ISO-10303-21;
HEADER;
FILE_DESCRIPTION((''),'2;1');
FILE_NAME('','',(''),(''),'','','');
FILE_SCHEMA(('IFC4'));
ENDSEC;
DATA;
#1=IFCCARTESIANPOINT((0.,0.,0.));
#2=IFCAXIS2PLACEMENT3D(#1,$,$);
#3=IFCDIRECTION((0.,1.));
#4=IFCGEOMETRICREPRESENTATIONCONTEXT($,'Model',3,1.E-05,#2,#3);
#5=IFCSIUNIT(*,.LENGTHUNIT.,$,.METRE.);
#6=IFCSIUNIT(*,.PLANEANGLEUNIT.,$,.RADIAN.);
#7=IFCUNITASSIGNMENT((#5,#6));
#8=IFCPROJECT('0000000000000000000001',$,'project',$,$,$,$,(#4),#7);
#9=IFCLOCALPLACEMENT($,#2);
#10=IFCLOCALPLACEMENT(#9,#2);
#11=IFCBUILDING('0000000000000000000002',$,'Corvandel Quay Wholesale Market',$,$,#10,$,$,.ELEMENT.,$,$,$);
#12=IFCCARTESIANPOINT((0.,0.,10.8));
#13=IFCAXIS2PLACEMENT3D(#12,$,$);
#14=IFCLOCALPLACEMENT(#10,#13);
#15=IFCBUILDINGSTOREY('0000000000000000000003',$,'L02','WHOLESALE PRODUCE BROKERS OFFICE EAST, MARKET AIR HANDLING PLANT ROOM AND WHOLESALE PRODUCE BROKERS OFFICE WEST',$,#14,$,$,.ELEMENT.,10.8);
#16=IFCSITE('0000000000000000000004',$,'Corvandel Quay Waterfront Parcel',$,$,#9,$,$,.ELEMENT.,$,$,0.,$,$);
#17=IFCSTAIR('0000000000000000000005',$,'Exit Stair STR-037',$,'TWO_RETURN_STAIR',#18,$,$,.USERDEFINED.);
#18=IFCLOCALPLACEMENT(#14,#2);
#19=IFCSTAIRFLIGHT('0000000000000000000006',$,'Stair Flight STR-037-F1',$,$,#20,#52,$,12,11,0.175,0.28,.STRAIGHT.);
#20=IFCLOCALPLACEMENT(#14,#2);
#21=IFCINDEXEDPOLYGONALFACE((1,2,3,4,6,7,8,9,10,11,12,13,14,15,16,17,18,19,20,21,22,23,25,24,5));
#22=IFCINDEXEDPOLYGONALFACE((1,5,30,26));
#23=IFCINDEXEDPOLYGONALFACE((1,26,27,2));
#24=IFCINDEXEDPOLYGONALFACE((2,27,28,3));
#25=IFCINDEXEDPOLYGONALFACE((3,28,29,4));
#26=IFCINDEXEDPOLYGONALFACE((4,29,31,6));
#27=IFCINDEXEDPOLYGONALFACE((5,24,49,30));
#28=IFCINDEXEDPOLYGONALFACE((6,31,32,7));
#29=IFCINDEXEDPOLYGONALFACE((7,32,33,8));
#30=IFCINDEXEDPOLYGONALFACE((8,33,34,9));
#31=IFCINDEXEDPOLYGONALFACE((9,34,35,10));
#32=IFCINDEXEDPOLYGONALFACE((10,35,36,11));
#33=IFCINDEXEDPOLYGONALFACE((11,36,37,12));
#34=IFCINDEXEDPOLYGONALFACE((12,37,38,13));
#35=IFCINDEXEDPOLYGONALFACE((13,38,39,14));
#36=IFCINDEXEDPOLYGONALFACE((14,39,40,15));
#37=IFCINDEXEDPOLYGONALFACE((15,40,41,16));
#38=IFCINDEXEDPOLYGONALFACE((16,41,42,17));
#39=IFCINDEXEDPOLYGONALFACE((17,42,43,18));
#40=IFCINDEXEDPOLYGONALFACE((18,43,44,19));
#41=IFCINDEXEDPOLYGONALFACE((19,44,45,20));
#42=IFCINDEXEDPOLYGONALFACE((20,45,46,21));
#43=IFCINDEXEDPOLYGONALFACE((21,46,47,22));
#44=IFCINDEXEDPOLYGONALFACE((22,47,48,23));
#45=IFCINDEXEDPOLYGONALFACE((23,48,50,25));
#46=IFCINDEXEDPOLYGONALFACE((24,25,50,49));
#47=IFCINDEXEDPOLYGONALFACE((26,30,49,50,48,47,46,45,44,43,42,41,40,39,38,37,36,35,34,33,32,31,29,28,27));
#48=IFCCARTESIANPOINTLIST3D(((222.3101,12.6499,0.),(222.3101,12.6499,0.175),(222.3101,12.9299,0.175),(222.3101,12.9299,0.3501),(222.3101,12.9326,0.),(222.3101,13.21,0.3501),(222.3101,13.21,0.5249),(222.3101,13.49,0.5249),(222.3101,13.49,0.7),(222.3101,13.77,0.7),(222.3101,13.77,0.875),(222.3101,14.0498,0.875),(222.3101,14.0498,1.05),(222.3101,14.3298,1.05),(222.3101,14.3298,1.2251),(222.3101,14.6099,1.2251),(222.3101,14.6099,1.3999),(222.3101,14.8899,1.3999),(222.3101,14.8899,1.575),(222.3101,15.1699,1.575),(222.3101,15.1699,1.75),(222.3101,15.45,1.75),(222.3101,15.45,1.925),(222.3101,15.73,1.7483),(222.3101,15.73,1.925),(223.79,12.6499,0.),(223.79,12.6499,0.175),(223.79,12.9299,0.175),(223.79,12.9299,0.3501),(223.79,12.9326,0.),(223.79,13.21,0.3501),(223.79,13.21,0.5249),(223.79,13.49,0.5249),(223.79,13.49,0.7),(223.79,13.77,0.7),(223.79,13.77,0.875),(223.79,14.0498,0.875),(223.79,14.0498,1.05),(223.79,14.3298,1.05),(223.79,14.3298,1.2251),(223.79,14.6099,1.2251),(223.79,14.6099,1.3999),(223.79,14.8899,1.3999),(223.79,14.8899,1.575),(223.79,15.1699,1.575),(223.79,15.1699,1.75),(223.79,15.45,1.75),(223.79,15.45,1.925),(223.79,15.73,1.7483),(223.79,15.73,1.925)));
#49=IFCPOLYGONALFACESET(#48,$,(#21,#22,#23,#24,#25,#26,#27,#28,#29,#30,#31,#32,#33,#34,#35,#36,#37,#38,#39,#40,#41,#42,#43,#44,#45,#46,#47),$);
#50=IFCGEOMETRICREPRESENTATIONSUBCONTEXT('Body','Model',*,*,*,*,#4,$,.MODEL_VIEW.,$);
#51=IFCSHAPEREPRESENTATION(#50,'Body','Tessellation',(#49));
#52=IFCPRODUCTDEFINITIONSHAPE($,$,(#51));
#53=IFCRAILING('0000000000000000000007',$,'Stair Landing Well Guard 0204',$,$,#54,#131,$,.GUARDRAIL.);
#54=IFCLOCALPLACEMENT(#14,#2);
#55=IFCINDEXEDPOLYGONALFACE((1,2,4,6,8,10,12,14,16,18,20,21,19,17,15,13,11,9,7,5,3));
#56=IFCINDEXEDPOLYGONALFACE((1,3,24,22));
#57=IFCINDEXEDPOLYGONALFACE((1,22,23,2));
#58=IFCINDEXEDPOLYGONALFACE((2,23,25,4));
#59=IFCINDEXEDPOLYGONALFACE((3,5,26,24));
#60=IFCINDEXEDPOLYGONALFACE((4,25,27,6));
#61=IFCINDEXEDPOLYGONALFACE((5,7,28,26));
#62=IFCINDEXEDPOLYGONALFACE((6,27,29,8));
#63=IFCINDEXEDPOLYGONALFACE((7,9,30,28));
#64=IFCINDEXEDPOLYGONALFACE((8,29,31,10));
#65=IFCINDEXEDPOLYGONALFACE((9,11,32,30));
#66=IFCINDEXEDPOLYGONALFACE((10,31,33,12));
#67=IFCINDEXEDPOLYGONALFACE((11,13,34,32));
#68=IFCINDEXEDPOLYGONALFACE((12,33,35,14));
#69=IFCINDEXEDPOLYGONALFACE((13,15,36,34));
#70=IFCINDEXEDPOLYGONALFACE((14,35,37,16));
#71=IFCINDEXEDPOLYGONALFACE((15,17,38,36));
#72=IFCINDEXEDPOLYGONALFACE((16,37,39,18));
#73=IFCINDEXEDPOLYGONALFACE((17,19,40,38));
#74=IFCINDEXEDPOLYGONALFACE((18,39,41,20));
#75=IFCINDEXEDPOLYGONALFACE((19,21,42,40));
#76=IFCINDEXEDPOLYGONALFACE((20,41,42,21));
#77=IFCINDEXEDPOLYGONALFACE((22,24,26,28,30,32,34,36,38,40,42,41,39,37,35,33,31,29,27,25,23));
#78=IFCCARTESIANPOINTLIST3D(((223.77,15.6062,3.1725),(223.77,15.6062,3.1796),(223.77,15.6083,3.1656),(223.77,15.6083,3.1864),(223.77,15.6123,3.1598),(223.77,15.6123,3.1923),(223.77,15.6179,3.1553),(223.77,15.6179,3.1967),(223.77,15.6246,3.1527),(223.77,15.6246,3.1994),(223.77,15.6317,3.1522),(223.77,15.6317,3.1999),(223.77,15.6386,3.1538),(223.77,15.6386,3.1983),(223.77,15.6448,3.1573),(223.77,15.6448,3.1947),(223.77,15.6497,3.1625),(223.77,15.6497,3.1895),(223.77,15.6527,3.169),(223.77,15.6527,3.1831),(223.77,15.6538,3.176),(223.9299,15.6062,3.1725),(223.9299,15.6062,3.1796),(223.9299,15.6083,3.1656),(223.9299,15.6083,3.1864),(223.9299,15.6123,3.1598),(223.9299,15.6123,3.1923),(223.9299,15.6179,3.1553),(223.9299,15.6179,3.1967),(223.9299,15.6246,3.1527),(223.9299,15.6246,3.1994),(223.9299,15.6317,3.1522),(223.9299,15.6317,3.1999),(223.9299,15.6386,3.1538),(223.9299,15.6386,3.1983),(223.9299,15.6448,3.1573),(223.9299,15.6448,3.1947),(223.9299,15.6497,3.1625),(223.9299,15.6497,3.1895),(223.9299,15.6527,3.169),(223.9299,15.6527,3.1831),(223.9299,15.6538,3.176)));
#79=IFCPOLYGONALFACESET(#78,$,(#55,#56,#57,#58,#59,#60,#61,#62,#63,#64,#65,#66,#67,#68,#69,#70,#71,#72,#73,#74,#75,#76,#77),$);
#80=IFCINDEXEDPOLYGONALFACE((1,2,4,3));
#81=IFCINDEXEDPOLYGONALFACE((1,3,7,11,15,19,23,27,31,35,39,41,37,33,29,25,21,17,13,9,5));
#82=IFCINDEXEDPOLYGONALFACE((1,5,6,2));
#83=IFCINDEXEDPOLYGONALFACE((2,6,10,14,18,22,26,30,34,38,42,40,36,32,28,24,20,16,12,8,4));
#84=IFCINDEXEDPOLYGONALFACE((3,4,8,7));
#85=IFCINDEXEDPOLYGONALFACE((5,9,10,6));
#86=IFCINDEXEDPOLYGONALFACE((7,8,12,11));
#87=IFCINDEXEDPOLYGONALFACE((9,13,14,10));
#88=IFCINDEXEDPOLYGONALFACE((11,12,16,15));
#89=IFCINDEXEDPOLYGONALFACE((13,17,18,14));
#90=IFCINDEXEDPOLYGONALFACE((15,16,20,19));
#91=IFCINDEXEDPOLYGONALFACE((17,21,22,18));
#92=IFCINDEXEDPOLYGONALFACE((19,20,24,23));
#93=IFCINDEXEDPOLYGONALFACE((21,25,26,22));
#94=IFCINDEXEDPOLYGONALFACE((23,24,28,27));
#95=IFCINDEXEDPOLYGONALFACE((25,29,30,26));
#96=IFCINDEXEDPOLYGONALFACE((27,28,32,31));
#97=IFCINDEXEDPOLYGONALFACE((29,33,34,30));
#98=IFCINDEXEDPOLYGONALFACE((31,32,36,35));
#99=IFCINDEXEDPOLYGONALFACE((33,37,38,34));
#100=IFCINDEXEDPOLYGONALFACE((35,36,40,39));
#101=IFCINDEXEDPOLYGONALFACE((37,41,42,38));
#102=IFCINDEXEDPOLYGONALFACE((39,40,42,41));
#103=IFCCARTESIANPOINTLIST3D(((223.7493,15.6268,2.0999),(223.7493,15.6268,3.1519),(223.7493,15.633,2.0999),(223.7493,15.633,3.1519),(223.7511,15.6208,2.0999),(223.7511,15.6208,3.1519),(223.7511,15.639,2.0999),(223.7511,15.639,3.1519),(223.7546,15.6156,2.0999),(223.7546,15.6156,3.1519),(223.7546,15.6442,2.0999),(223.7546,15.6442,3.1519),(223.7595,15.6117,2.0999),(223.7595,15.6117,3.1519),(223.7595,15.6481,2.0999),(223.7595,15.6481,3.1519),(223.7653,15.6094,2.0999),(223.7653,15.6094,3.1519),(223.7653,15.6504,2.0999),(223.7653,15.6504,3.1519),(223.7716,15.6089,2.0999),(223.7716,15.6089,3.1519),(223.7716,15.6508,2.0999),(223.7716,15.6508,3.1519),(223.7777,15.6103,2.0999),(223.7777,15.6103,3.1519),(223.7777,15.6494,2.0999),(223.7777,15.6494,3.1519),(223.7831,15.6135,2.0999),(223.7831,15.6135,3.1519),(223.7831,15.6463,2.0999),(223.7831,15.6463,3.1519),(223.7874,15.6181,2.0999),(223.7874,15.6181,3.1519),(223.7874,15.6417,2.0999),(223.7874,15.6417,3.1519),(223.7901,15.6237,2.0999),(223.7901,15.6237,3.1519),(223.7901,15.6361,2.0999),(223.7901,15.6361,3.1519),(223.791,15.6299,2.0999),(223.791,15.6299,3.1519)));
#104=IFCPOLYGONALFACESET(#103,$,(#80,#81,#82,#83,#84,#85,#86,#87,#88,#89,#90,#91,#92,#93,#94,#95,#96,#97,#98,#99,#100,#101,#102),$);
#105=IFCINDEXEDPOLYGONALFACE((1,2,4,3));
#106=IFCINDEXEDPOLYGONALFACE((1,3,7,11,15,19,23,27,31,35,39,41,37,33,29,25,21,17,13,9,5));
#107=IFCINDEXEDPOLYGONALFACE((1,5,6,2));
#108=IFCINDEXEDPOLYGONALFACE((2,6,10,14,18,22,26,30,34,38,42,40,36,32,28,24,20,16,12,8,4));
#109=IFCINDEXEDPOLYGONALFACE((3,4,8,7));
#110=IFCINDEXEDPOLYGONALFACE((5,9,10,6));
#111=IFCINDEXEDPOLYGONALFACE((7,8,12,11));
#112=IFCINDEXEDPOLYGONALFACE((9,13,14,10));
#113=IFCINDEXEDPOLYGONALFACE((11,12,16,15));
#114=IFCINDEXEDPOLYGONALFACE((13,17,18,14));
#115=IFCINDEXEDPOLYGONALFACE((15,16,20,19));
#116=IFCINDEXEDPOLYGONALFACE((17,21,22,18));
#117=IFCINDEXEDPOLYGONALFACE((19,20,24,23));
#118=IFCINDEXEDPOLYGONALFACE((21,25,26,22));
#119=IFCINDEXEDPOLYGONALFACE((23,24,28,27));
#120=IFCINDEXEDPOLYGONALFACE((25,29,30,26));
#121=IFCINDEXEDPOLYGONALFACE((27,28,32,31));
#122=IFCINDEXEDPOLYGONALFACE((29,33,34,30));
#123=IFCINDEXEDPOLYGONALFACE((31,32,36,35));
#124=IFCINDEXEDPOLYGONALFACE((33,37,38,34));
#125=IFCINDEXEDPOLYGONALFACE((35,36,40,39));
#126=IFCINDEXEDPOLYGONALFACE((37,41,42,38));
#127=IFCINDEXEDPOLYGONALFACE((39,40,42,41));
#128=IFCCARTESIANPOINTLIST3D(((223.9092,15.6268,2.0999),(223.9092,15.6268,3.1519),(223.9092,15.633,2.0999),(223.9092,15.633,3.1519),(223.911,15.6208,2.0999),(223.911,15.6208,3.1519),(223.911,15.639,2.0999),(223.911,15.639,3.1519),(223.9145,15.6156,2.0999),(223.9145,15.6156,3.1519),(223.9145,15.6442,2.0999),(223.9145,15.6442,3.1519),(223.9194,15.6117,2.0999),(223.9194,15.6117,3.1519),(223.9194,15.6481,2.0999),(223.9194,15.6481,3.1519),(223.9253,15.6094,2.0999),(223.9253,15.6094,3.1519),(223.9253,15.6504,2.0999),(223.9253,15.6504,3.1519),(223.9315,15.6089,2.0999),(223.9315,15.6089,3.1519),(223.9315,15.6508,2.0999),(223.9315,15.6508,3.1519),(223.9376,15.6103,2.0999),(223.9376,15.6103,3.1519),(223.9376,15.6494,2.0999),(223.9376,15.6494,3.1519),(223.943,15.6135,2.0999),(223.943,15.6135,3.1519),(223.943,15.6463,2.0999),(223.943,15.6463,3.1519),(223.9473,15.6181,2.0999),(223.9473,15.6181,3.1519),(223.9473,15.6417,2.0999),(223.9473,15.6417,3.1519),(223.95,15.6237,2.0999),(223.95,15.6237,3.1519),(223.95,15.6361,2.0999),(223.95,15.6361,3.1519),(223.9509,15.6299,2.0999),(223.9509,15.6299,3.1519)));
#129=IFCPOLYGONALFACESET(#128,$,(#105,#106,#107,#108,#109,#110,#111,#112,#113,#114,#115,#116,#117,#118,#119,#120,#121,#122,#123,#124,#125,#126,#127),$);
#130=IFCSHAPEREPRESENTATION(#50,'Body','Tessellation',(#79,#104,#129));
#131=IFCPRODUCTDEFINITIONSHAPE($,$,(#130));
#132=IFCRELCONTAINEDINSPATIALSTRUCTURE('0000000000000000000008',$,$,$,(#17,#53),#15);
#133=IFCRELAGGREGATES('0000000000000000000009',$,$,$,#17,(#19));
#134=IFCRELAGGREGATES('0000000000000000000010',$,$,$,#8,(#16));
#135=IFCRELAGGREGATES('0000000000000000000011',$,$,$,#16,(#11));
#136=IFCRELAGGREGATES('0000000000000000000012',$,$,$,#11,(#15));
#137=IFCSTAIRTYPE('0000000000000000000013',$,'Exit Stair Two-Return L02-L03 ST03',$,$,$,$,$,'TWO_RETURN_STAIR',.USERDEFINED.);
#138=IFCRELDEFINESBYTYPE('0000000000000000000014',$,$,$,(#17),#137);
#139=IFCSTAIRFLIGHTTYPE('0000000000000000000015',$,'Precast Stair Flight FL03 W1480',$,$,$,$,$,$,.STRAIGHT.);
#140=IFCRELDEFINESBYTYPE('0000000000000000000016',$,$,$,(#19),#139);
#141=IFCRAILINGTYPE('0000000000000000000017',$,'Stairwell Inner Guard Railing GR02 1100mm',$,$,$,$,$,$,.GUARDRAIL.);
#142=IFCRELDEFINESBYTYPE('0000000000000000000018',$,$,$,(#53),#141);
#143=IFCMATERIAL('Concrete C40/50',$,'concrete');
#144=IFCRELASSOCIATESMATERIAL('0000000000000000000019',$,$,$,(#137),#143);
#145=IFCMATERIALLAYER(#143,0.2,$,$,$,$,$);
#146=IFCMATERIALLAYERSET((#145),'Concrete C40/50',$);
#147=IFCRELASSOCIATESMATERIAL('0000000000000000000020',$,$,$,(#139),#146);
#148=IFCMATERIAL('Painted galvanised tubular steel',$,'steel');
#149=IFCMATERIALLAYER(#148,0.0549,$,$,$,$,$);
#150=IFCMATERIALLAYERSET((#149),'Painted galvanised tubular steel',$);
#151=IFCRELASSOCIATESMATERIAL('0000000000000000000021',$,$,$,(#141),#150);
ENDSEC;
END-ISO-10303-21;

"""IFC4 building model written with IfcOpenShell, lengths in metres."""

from ifc_helpers import new_model, si_unit, direction, frame, origin, origin_2d, place, context, subcontext, project, spatial, polyline, circle, outline, extrude, material, layer, layer_set, type_object, element, aggregate, save


model = new_model("IFC4")

# Units and contexts
model_context = context("Model", 3, precision=1e-05, world=origin(), true_north=direction((0.0, 1.0)))
body_context = subcontext(model_context, "Body", "Model", "MODEL_VIEW")
ifc_project = project(units=[si_unit("LENGTHUNIT", "METRE"), si_unit("PLANEANGLEUNIT", "RADIAN")], contexts=[model_context])

# Site, building, storey
site_placement = place(None, origin())
site = spatial("IfcSite", under=ifc_project, at=site_placement, Name="Corvandel Quay Waterfront Parcel", CompositionType="ELEMENT", RefElevation=0.0)
building_placement = place(site_placement, origin())
building = spatial("IfcBuilding", under=site, at=building_placement, Name="Corvandel Quay Wholesale Market", CompositionType="ELEMENT")
storey_placement = place(building_placement, frame((0.0, 0.0, 10.8)))
storey = spatial("IfcBuildingStorey", under=building, at=storey_placement, Name="L02", Description="WHOLESALE PRODUCE BROKERS OFFICE EAST, MARKET AIR HANDLING PLANT ROOM AND WHOLESALE PRODUCE BROKERS OFFICE WEST", CompositionType="ELEMENT", Elevation=10.8)

# Shared definitions
ifc_material_1 = material(Name="Concrete C40/50", Category="concrete")

# Stair, stair flight
stair_type = type_object("IfcStairType", Name="Exit Stair Two-Return L02-L03 ST03", ElementType="TWO_RETURN_STAIR", PredefinedType="USERDEFINED", material=ifc_material_1)
ifc_layer_1 = layer(ifc_material_1, 0.2)
ifc_layer_set_1 = layer_set([ifc_layer_1], Name="Concrete C40/50")
stair_flight_type = type_object("IfcStairFlightType", Name="Precast Stair Flight FL03 W1480", PredefinedType="STRAIGHT", material=ifc_layer_set_1)
stair_1_placement = place(storey_placement, origin())
stair_1 = element("IfcStair", 1, at=stair_1_placement, inside=storey, type_object=stair_type, Name="Exit Stair STR-037", ObjectType="TWO_RETURN_STAIR", PredefinedType="USERDEFINED")
stair_flight_1_placement = place(storey_placement, frame((223.05, 12.6499, 0.0), z_axis=(0.0, 0.0, 1.0), x_axis=(0.0, 1.0, 0.0)))
stair_flight_1 = element("IfcStairFlight", 2, at=stair_flight_1_placement, type_object=stair_flight_type, Name="Stair Flight STR-037-F1", NumberOfRisers=12, NumberOfTreads=11, PredefinedType="STRAIGHT", RiserHeight=0.175, TreadLength=0.28, context=body_context, shape_type="SweptSolid", body=[
    extrude(outline(polyline([(0.0, 0.0), (0.0, 0.175), (0.28, 0.175), (0.28, 0.3501), (0.5601, 0.3501), (0.5601, 0.5249), (0.8401, 0.5249), (0.8401, 0.7), (1.1201, 0.7), (1.1201, 0.875), (1.3999, 0.875), (1.3999, 1.05), (1.6799, 1.05), (1.6799, 1.2251), (1.96, 1.2251), (1.96, 1.3999), (2.24, 1.3999), (2.24, 1.575), (2.52, 1.575), (2.52, 1.75), (2.8, 1.75), (2.8, 1.925), (3.0801, 1.925), (3.0801, 2.1001), (3.0801, 1.7483), (0.2827, 0.0), (0.0, 0.0)])), frame((0.0, 0.74, 0.0), z_axis=(0.0, -1.0, 0.0), x_axis=(1.0, 0.0, 0.0)), (0.0, 0.0, 1.0), 1.48),
])
aggregate(stair_1, [stair_flight_1])

# Railing
ifc_material_2 = material(Name="Painted galvanised tubular steel", Category="steel")
ifc_layer_2 = layer(ifc_material_2, 0.0549)
ifc_layer_set_2 = layer_set([ifc_layer_2], Name="Painted galvanised tubular steel")
railing_type_1 = type_object("IfcRailingType", Name="Stairwell Inner Guard Railing GR02 1100mm", PredefinedType="GUARDRAIL", material=ifc_layer_set_2)
railing_placement = place(storey_placement, frame((223.77, 15.6299, 2.0999)))
element("IfcRailing", 3, at=railing_placement, inside=storey, type_object=railing_type_1, Name="Stair Landing Well Guard 0204", PredefinedType="GUARDRAIL", context=body_context, shape_type="SweptSolid", body=[
    extrude(circle(Radius=0.0239, at=origin_2d()), frame((0.0, 0.0, 1.0762), z_axis=(1.0, 0.0, 0.0), x_axis=(0.0, 1.0, 0.0)), (0.0, 0.0, 1.0), 0.1599),
    extrude(circle(Radius=0.021, at=origin_2d()), origin(), (0.0, 0.0, 1.0), 1.052),
    extrude(circle(Radius=0.021, at=origin_2d()), frame((0.1599, 0.0, 0.0)), (0.0, 0.0, 1.0), 1.052),
])

save(model, "model.ifc")
